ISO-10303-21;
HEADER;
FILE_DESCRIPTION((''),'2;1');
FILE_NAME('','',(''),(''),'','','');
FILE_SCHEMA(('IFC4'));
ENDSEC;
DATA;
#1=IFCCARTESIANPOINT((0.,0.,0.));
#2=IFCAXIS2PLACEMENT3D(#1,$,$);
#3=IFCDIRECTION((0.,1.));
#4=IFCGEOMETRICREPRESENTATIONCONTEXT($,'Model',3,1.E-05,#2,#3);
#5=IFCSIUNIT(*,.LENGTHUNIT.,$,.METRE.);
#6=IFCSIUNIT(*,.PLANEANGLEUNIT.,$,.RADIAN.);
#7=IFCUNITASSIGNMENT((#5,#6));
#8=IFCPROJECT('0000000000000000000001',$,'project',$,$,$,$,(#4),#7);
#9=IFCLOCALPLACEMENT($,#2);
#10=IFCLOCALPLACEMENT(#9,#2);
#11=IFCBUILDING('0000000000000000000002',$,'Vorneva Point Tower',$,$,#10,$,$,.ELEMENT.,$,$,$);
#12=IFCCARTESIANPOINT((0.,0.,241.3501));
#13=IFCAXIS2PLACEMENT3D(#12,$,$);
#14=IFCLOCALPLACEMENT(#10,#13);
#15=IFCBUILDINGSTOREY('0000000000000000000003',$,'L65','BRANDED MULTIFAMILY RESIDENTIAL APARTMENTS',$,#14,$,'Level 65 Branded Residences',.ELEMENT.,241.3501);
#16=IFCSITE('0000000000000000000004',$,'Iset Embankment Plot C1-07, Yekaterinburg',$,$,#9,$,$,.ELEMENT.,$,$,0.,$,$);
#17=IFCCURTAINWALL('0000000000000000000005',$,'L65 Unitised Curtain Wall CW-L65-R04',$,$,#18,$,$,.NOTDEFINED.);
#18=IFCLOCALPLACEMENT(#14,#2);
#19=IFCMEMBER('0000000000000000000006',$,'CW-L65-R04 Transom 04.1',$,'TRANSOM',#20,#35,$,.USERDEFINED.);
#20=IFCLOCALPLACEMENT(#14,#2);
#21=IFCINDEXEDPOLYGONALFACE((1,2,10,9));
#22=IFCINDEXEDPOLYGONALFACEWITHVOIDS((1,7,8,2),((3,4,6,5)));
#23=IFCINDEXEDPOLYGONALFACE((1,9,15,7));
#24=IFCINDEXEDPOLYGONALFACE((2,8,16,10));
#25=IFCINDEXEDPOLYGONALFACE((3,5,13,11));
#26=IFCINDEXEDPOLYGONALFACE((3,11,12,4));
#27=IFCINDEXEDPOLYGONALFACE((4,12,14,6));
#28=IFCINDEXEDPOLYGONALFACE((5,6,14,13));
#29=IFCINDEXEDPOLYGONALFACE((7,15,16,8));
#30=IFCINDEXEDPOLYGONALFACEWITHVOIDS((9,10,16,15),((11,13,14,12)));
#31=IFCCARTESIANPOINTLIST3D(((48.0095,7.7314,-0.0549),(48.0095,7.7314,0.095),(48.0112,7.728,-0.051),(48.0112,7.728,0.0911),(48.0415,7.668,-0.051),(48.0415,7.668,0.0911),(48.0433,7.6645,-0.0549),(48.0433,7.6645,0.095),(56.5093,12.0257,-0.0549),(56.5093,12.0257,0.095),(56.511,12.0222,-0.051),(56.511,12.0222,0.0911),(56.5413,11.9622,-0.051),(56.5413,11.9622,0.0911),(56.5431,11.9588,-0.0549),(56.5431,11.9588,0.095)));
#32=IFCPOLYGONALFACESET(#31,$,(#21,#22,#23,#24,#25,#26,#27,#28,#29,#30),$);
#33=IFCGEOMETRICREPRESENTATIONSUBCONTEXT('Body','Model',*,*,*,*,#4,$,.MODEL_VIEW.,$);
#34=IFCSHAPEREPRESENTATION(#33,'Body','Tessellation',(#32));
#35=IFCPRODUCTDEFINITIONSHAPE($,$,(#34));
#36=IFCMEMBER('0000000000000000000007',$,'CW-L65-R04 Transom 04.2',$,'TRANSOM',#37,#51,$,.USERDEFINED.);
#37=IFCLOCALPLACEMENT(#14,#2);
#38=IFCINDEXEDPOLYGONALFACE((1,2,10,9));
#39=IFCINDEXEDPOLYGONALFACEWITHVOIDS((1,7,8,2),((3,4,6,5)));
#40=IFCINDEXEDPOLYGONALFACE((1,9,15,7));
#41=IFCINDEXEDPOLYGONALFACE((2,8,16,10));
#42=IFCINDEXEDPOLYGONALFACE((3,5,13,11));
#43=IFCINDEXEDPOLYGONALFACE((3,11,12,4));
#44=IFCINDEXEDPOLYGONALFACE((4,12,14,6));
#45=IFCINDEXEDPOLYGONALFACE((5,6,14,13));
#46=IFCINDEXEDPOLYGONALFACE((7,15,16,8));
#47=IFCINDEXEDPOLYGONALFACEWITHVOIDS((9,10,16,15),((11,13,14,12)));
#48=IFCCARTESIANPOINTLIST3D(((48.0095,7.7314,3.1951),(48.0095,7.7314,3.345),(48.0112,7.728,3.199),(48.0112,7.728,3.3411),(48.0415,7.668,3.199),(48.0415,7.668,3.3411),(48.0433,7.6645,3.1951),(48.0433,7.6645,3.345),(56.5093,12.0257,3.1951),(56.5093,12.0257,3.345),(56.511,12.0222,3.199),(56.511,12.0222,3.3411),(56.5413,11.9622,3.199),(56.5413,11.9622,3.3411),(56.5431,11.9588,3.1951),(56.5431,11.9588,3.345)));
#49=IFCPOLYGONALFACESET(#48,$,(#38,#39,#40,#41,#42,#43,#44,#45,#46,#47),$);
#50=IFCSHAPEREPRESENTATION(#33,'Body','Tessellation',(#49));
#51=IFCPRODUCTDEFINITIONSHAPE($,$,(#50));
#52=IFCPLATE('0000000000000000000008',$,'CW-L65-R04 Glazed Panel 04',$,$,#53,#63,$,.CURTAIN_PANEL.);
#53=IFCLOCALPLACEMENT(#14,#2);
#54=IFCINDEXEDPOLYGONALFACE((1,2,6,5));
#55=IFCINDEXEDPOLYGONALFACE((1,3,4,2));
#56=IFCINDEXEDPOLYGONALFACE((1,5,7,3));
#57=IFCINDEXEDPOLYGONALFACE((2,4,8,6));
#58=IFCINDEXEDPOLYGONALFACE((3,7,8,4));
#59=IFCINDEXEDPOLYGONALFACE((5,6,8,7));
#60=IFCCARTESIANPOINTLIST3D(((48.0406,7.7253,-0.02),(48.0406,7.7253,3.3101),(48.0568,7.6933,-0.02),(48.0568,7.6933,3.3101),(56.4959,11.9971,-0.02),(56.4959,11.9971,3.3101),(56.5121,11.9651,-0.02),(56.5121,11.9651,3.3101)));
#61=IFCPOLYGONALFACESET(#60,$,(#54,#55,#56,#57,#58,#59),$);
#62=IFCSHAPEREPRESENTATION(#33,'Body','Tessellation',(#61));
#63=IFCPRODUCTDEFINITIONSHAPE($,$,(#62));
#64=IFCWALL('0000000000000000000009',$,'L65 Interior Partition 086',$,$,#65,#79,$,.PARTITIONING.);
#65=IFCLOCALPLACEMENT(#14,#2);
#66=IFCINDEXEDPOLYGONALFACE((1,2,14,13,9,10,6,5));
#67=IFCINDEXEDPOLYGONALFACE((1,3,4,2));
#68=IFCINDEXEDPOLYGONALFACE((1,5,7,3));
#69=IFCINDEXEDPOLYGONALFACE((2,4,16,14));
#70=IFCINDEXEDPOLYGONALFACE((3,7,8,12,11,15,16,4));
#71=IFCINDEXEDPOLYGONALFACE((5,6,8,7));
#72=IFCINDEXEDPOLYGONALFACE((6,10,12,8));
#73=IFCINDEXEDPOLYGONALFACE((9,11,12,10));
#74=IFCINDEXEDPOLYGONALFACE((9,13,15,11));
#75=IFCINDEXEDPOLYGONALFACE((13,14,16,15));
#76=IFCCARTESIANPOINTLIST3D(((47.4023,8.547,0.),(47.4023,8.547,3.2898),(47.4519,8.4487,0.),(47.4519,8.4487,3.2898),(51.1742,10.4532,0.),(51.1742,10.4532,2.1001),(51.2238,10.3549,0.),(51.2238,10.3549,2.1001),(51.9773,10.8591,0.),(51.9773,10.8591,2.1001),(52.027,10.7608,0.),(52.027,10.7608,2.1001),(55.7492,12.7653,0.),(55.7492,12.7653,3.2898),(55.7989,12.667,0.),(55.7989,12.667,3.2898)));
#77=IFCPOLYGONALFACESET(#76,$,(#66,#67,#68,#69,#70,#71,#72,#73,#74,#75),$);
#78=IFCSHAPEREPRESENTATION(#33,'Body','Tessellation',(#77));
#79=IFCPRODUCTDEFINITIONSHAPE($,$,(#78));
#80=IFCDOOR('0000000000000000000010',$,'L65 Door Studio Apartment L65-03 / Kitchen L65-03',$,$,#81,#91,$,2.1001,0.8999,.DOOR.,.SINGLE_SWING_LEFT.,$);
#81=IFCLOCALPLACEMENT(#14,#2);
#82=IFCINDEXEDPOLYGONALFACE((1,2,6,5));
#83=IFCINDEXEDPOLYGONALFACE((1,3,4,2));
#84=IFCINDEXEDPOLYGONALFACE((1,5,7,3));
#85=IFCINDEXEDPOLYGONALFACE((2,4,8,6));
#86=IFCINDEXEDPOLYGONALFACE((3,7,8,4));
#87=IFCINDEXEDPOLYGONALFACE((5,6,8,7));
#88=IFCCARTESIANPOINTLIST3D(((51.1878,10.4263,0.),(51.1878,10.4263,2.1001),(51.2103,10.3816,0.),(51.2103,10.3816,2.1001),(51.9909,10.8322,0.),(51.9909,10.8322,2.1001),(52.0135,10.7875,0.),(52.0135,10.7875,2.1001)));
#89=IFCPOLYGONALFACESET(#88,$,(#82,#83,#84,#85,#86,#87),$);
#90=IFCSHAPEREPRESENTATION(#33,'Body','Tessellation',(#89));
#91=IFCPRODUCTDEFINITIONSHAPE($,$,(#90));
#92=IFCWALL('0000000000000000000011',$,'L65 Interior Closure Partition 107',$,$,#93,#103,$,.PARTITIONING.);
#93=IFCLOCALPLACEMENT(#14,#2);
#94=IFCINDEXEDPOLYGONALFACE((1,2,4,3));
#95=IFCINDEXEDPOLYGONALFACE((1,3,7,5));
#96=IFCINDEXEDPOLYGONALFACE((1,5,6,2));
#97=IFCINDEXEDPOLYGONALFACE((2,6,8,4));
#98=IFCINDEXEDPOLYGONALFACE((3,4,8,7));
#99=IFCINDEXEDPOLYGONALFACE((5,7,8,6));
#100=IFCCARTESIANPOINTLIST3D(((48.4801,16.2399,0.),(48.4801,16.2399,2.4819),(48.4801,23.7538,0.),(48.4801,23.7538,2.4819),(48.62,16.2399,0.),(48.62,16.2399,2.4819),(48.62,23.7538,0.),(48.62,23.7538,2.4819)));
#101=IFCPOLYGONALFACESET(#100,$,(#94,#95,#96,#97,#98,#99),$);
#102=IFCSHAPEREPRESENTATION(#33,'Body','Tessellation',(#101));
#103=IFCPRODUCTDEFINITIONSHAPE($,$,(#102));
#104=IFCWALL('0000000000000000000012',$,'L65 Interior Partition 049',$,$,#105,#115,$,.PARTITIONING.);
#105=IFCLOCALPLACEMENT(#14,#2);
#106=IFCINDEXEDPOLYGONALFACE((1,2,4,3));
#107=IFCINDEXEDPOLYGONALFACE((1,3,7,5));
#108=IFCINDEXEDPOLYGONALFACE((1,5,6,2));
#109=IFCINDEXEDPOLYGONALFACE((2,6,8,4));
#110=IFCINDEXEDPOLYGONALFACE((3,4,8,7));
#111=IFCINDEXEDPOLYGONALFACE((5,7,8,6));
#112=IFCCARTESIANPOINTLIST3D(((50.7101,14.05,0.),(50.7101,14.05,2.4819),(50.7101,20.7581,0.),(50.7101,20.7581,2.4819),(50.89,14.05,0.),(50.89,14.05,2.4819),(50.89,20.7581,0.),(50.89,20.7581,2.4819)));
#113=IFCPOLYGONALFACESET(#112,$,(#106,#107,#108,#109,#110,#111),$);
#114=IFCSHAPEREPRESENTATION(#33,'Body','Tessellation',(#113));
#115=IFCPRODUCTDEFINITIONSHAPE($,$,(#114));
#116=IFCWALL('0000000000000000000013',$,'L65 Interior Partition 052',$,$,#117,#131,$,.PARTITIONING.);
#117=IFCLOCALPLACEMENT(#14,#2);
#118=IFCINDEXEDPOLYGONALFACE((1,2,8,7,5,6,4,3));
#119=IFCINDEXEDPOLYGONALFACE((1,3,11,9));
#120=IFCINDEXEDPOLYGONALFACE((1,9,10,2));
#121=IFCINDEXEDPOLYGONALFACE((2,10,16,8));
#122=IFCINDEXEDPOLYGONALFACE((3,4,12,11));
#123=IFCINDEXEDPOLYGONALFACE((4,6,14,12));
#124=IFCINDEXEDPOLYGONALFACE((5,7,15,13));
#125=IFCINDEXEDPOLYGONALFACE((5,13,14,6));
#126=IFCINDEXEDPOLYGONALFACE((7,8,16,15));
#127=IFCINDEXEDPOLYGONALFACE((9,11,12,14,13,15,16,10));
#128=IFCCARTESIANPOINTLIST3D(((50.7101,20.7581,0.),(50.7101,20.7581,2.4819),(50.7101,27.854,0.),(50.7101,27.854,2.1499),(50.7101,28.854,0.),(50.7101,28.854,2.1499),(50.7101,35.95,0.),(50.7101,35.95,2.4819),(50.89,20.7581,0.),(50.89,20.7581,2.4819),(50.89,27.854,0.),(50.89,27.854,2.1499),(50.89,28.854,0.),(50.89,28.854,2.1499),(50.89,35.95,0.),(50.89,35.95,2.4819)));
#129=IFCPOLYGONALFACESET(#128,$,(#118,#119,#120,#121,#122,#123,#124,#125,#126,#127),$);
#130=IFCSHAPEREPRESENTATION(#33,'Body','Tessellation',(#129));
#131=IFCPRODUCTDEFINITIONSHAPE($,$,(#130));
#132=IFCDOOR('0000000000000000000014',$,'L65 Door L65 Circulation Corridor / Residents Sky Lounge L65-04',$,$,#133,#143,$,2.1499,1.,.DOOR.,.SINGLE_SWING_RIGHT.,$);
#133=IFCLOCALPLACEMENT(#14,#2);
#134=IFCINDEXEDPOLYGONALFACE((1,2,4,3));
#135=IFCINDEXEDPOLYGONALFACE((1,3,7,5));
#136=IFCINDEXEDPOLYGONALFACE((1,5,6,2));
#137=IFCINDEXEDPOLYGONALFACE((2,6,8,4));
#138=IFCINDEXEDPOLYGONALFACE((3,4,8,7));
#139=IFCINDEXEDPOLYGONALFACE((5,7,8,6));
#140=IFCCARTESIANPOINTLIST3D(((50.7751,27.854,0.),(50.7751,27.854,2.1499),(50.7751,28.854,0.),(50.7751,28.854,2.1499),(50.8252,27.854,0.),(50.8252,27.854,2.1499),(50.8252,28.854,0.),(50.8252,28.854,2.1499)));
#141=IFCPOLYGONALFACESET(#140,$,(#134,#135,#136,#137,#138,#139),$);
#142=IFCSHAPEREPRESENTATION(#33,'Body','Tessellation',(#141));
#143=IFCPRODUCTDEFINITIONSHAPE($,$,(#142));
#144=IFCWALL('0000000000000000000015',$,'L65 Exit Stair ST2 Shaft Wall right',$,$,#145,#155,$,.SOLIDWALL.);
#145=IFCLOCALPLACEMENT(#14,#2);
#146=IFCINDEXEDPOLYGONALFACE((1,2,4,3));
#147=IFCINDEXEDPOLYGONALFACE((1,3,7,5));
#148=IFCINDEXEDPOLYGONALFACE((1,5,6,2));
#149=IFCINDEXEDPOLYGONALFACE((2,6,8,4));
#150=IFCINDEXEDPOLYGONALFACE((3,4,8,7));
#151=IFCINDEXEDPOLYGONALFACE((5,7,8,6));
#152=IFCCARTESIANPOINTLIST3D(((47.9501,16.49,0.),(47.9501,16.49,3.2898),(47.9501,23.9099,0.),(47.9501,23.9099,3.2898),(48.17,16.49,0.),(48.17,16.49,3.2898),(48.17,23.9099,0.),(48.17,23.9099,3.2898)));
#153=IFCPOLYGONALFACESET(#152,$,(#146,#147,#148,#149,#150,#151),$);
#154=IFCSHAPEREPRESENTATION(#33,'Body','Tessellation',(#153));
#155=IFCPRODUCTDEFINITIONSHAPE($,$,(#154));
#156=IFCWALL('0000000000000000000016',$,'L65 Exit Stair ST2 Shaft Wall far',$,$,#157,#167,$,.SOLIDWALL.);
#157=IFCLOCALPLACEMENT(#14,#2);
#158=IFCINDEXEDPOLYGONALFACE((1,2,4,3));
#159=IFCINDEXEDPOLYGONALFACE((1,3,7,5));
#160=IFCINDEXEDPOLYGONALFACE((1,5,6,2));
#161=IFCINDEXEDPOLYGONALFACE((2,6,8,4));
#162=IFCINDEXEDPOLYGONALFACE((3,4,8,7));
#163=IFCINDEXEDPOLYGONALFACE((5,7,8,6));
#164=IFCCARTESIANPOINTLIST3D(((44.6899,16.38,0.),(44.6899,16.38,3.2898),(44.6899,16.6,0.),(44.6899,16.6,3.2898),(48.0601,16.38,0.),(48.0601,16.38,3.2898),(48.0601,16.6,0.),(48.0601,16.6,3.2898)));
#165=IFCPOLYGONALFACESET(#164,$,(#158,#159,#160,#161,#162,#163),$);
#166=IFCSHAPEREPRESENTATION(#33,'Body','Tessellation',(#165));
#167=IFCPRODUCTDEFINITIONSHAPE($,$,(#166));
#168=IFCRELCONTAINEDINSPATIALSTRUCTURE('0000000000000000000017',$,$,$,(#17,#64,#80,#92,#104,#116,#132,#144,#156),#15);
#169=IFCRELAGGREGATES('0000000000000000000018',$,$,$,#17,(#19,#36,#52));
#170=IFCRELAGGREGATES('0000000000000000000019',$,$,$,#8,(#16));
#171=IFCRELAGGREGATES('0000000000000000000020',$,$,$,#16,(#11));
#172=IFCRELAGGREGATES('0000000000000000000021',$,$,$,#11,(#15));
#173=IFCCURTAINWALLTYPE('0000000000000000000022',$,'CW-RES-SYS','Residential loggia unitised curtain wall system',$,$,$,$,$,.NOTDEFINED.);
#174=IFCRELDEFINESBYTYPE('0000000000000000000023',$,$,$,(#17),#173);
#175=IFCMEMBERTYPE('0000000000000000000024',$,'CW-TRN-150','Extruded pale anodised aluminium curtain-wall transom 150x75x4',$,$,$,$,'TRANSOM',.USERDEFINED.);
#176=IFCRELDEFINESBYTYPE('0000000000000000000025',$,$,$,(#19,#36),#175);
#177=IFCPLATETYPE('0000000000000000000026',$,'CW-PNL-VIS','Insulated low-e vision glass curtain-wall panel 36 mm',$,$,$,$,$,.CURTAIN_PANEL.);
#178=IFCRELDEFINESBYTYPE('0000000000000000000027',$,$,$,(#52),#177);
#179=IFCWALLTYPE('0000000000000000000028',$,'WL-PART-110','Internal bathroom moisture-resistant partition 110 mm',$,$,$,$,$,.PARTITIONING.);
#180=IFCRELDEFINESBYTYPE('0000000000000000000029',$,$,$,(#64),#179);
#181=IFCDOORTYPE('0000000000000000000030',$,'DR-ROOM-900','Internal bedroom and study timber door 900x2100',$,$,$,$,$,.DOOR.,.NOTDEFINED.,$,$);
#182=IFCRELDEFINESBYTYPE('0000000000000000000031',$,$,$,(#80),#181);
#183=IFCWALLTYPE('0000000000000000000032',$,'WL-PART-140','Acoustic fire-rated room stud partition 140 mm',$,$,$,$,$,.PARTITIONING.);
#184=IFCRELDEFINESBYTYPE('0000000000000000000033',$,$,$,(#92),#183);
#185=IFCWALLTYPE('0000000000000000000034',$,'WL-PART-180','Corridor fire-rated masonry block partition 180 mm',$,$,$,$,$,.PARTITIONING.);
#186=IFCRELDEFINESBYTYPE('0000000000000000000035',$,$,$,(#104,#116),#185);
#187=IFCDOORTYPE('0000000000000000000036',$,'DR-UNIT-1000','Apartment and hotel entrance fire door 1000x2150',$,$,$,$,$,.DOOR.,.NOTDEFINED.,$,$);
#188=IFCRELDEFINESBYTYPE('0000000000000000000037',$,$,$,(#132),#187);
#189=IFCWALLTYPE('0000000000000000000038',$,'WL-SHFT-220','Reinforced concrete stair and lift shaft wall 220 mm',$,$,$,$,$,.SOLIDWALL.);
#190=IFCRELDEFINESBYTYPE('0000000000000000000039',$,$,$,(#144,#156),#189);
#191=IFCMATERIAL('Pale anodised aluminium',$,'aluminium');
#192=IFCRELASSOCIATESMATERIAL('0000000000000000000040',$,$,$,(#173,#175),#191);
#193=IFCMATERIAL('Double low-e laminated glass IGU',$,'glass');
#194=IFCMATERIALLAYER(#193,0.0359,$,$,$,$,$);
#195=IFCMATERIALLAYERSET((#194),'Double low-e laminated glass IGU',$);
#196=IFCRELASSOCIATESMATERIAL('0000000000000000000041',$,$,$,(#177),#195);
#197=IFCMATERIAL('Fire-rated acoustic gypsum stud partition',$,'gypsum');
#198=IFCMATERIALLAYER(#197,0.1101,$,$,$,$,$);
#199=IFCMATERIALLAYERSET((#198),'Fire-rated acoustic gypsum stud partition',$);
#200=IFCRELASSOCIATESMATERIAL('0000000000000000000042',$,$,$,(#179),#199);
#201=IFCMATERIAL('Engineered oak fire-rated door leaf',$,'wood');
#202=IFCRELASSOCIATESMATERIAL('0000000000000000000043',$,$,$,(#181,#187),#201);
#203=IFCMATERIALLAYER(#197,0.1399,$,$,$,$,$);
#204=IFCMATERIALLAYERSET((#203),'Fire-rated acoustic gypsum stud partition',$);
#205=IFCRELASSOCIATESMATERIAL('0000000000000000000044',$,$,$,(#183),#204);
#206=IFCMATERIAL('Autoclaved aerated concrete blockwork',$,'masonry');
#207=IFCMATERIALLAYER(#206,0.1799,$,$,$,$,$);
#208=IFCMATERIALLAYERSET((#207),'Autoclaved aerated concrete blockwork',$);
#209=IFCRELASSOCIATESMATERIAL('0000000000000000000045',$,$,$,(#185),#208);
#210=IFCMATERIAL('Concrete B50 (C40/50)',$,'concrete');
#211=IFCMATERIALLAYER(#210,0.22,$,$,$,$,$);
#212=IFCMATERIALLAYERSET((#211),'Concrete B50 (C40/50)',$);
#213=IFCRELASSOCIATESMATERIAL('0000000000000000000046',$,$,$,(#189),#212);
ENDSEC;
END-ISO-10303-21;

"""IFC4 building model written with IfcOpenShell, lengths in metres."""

from ifc_helpers import new_model, si_unit, direction, frame, frame_2d, origin, origin_2d, place, context, subcontext, project, spatial, rectangle, hollow_rectangle, extrude, material, layer, layer_set, material_profile, profile_set, type_object, element, fill, aggregate, save


model = new_model("IFC4")

# Units and contexts
model_context = context("Model", 3, precision=1e-05, world=origin(), true_north=direction((0.0, 1.0)))
body_context = subcontext(model_context, "Body", "Model", "MODEL_VIEW")
ifc_project = project(units=[si_unit("LENGTHUNIT", "METRE"), si_unit("PLANEANGLEUNIT", "RADIAN")], contexts=[model_context])

# Site, building, storey
site_placement = place(None, origin())
site = spatial("IfcSite", under=ifc_project, at=site_placement, Name="Iset Embankment Plot C1-07, Yekaterinburg", CompositionType="ELEMENT", RefElevation=0.0)
building_placement = place(site_placement, origin())
building = spatial("IfcBuilding", under=site, at=building_placement, Name="Vorneva Point Tower", CompositionType="ELEMENT")
storey_placement = place(building_placement, frame((0.0, 0.0, 241.3501)))
storey = spatial("IfcBuildingStorey", under=building, at=storey_placement, Name="L65", Description="BRANDED MULTIFAMILY RESIDENTIAL APARTMENTS", LongName="Level 65 Branded Residences", CompositionType="ELEMENT", Elevation=241.3501)

# Shared definitions
ifc_material_1 = material(Name="Concrete B50 (C40/50)", Category="concrete")

# Curtain wall, members, plate
ifc_material_2 = material(Name="Pale anodised aluminium", Category="aluminium")
curtain_wall_type = type_object("IfcCurtainWallType", Name="CW-RES-SYS", Description="Residential loggia unitised curtain wall system", PredefinedType="NOTDEFINED", material=ifc_material_2)
curtain_wall_placement = place(storey_placement, origin())
curtain_wall = element("IfcCurtainWall", 1, at=curtain_wall_placement, inside=storey, type_object=curtain_wall_type, Name="L65 Unitised Curtain Wall CW-L65-R04", PredefinedType="NOTDEFINED")
ifc_material_profile_1 = material_profile(ifc_material_2, hollow_rectangle(XDim=0.075, YDim=0.1499, WallThickness=0.0039, at=origin_2d()), Name="AL-TRN 150x75x4")
ifc_profile_set_1 = profile_set([ifc_material_profile_1], Name="Pale anodised aluminium")
member_type_1 = type_object("IfcMemberType", Name="CW-TRN-150", Description="Extruded pale anodised aluminium curtain-wall transom 150x75x4", ElementType="TRANSOM", PredefinedType="USERDEFINED", material=ifc_profile_set_1)
member_1_placement = place(storey_placement, frame((48.0264, 7.698, 0.02), z_axis=(0.892558, 0.450932, 0.0), x_axis=(-0.450932, 0.892558, 0.0)))
member_1 = element("IfcMember", 2, at=member_1_placement, type_object=member_type_1, Name="CW-L65-R04 Transom 04.1", ObjectType="TRANSOM", PredefinedType="USERDEFINED", context=body_context, shape_type="SweptSolid", body=[
    extrude(hollow_rectangle(XDim=0.075, YDim=0.1499, WallThickness=0.0039, at=origin_2d()), origin(), (0.0, 0.0, 1.0), 9.5229),
])
member_2_placement = place(storey_placement, frame((48.0264, 7.698, 3.27), z_axis=(0.892558, 0.450932, 0.0), x_axis=(-0.450932, 0.892558, 0.0)))
member_2 = element("IfcMember", 3, at=member_2_placement, type_object=member_type_1, Name="CW-L65-R04 Transom 04.2", ObjectType="TRANSOM", PredefinedType="USERDEFINED", context=body_context, shape_type="SweptSolid", body=[
    extrude(hollow_rectangle(XDim=0.075, YDim=0.1499, WallThickness=0.0039, at=origin_2d()), origin(), (0.0, 0.0, 1.0), 9.5229),
])
ifc_material_3 = material(Name="Double low-e laminated glass IGU", Category="glass")
ifc_layer_1 = layer(ifc_material_3, 0.0359)
ifc_layer_set_1 = layer_set([ifc_layer_1], Name="Double low-e laminated glass IGU")
plate_type = type_object("IfcPlateType", Name="CW-PNL-VIS", Description="Insulated low-e vision glass curtain-wall panel 36 mm", PredefinedType="CURTAIN_PANEL", material=ifc_layer_set_1)
plate_placement = place(storey_placement, frame((52.2764, 9.8452, -0.02), z_axis=(0.0, 0.0, 1.0), x_axis=(0.892554, 0.45094, 0.0)))
plate = element("IfcPlate", 4, at=plate_placement, type_object=plate_type, Name="CW-L65-R04 Glazed Panel 04", PredefinedType="CURTAIN_PANEL", context=body_context, shape_type="SweptSolid", body=[
    extrude(rectangle(XDim=9.4731, YDim=0.0359, at=origin_2d()), origin(), (0.0, 0.0, 1.0), 3.3301),
])
aggregate(curtain_wall, [member_1, member_2, plate])

# Wall, opening, door
ifc_material_4 = material(Name="Fire-rated acoustic gypsum stud partition", Category="gypsum")
ifc_layer_2 = layer(ifc_material_4, 0.1101)
ifc_layer_set_2 = layer_set([ifc_layer_2], Name="Fire-rated acoustic gypsum stud partition")
wall_type_1 = type_object("IfcWallType", Name="WL-PART-110", Description="Internal bathroom moisture-resistant partition 110 mm", PredefinedType="PARTITIONING", material=ifc_layer_set_2)
wall_1_placement = place(storey_placement, frame((47.427, 8.4978, 0.0), z_axis=(0.0, 0.0, 1.0), x_axis=(0.892503, 0.451042, 0.0)))
wall_1 = element("IfcWall", 5, at=wall_1_placement, inside=storey, type_object=wall_type_1, Name="L65 Interior Partition 086", PredefinedType="PARTITIONING", context=body_context, shape_type="SweptSolid", body=[
    extrude(rectangle(XDim=9.3523, YDim=0.1101, at=frame_2d((4.6763, 0.0))), origin(), (0.0, 0.0, 1.0), 3.2898),
])
opening_1_placement = place(wall_1_placement, frame((4.2263, 0.0, 0.0)))
opening_1 = element("IfcOpeningElement", 6, at=opening_1_placement, cuts=wall_1, PredefinedType="OPENING", context=body_context, shape_type="SweptSolid", body=[
    extrude(rectangle(XDim=0.8999, YDim=2.1001, at=frame_2d((0.45, 1.05))), frame((0.0, 0.0698, 0.0), z_axis=(0.0, -1.0, 0.0), x_axis=(1.0, 0.0, 0.0)), (0.0, 0.0, 1.0), 0.1399),
])
ifc_material_5 = material(Name="Engineered oak fire-rated door leaf", Category="wood")
door_type_1 = type_object("IfcDoorType", Name="DR-ROOM-900", Description="Internal bedroom and study timber door 900x2100", OperationType="NOTDEFINED", PredefinedType="DOOR", material=ifc_material_5)
door_1_placement = place(opening_1_placement, origin())
door_1 = element("IfcDoor", 7, at=door_1_placement, inside=storey, type_object=door_type_1, Name="L65 Door Studio Apartment L65-03 / Kitchen L65-03", OperationType="SINGLE_SWING_LEFT", OverallHeight=2.1001, OverallWidth=0.8999, PredefinedType="DOOR", context=body_context, shape_type="SweptSolid", body=[
    extrude(rectangle(XDim=0.8999, YDim=2.1001, at=frame_2d((0.45, 1.05))), frame((0.0, 0.0249, 0.0), z_axis=(0.0, -1.0, 0.0), x_axis=(1.0, 0.0, 0.0)), (0.0, 0.0, 1.0), 0.05),
])
fill(opening_1, door_1)

# Wall
ifc_layer_3 = layer(ifc_material_4, 0.1399)
ifc_layer_set_3 = layer_set([ifc_layer_3], Name="Fire-rated acoustic gypsum stud partition")
wall_type_2 = type_object("IfcWallType", Name="WL-PART-140", Description="Acoustic fire-rated room stud partition 140 mm", PredefinedType="PARTITIONING", material=ifc_layer_set_3)
wall_2_placement = place(storey_placement, frame((48.55, 16.24, 0.0), z_axis=(0.0, 0.0, 1.0), x_axis=(0.0, 1.0, 0.0)))
element("IfcWall", 8, at=wall_2_placement, inside=storey, type_object=wall_type_2, Name="L65 Interior Closure Partition 107", PredefinedType="PARTITIONING", context=body_context, shape_type="SweptSolid", body=[
    extrude(rectangle(XDim=7.5139, YDim=0.1399, at=frame_2d((3.7568, 0.0))), origin(), (0.0, 0.0, 1.0), 2.4819),
])

# Shared definitions
ifc_material_6 = material(Name="Autoclaved aerated concrete blockwork", Category="masonry")
ifc_layer_4 = layer(ifc_material_6, 0.1799)
ifc_layer_set_4 = layer_set([ifc_layer_4], Name="Autoclaved aerated concrete blockwork")
wall_type_3 = type_object("IfcWallType", Name="WL-PART-180", Description="Corridor fire-rated masonry block partition 180 mm", PredefinedType="PARTITIONING", material=ifc_layer_set_4)

# Wall
wall_3_placement = place(storey_placement, frame((50.8, 14.05, 0.0), z_axis=(0.0, 0.0, 1.0), x_axis=(0.0, 1.0, 0.0)))
element("IfcWall", 9, at=wall_3_placement, inside=storey, type_object=wall_type_3, Name="L65 Interior Partition 049", PredefinedType="PARTITIONING", context=body_context, shape_type="SweptSolid", body=[
    extrude(rectangle(XDim=6.708, YDim=0.1799, at=frame_2d((3.354, 0.0))), origin(), (0.0, 0.0, 1.0), 2.4819),
])

# Wall, opening, door
wall_4_placement = place(storey_placement, frame((50.8, 20.7581, 0.0), z_axis=(0.0, 0.0, 1.0), x_axis=(0.0, 1.0, 0.0)))
wall_4 = element("IfcWall", 10, at=wall_4_placement, inside=storey, type_object=wall_type_3, Name="L65 Interior Partition 052", PredefinedType="PARTITIONING", context=body_context, shape_type="SweptSolid", body=[
    extrude(rectangle(XDim=15.1919, YDim=0.1799, at=frame_2d((7.5959, 0.0))), origin(), (0.0, 0.0, 1.0), 2.4819),
])
opening_2_placement = place(wall_4_placement, frame((7.0959, 0.0, 0.0)))
opening_2 = element("IfcOpeningElement", 11, at=opening_2_placement, cuts=wall_4, PredefinedType="OPENING", context=body_context, shape_type="SweptSolid", body=[
    extrude(rectangle(XDim=1.0, YDim=2.1499, at=frame_2d((0.5, 1.075))), frame((0.0, 0.105, 0.0), z_axis=(0.0, -1.0, 0.0), x_axis=(1.0, 0.0, 0.0)), (0.0, 0.0, 1.0), 0.2097),
])
door_type_2 = type_object("IfcDoorType", Name="DR-UNIT-1000", Description="Apartment and hotel entrance fire door 1000x2150", OperationType="NOTDEFINED", PredefinedType="DOOR", material=ifc_material_5)
door_2_placement = place(opening_2_placement, origin())
door_2 = element("IfcDoor", 12, at=door_2_placement, inside=storey, type_object=door_type_2, Name="L65 Door L65 Circulation Corridor / Residents Sky Lounge L65-04", OperationType="SINGLE_SWING_RIGHT", OverallHeight=2.1499, OverallWidth=1.0, PredefinedType="DOOR", context=body_context, shape_type="SweptSolid", body=[
    extrude(rectangle(XDim=1.0, YDim=2.1499, at=frame_2d((0.5, 1.075))), frame((0.0, 0.0249, 0.0), z_axis=(0.0, -1.0, 0.0), x_axis=(1.0, 0.0, 0.0)), (0.0, 0.0, 1.0), 0.05),
])
fill(opening_2, door_2)

# Walls
ifc_layer_5 = layer(ifc_material_1, 0.22)
ifc_layer_set_5 = layer_set([ifc_layer_5], Name="Concrete B50 (C40/50)")
wall_type_4 = type_object("IfcWallType", Name="WL-SHFT-220", Description="Reinforced concrete stair and lift shaft wall 220 mm", PredefinedType="SOLIDWALL", material=ifc_layer_set_5)
wall_5_placement = place(storey_placement, frame((48.0601, 23.9099, 0.0), z_axis=(0.0, 0.0, 1.0), x_axis=(0.0, -1.0, 0.0)))
element("IfcWall", 13, at=wall_5_placement, inside=storey, type_object=wall_type_4, Name="L65 Exit Stair ST2 Shaft Wall right", PredefinedType="SOLIDWALL", context=body_context, shape_type="SweptSolid", body=[
    extrude(rectangle(XDim=7.4199, YDim=0.22, at=frame_2d((3.71, 0.0))), origin(), (0.0, 0.0, 1.0), 3.2898),
])
wall_6_placement = place(storey_placement, frame((48.0601, 16.49, 0.0), z_axis=(0.0, 0.0, 1.0), x_axis=(-1.0, 0.0, 0.0)))
element("IfcWall", 14, at=wall_6_placement, inside=storey, type_object=wall_type_4, Name="L65 Exit Stair ST2 Shaft Wall far", PredefinedType="SOLIDWALL", context=body_context, shape_type="SweptSolid", body=[
    extrude(rectangle(XDim=3.3701, YDim=0.22, at=frame_2d((1.6851, 0.0))), origin(), (0.0, 0.0, 1.0), 3.2898),
])

save(model, "model.ifc")
